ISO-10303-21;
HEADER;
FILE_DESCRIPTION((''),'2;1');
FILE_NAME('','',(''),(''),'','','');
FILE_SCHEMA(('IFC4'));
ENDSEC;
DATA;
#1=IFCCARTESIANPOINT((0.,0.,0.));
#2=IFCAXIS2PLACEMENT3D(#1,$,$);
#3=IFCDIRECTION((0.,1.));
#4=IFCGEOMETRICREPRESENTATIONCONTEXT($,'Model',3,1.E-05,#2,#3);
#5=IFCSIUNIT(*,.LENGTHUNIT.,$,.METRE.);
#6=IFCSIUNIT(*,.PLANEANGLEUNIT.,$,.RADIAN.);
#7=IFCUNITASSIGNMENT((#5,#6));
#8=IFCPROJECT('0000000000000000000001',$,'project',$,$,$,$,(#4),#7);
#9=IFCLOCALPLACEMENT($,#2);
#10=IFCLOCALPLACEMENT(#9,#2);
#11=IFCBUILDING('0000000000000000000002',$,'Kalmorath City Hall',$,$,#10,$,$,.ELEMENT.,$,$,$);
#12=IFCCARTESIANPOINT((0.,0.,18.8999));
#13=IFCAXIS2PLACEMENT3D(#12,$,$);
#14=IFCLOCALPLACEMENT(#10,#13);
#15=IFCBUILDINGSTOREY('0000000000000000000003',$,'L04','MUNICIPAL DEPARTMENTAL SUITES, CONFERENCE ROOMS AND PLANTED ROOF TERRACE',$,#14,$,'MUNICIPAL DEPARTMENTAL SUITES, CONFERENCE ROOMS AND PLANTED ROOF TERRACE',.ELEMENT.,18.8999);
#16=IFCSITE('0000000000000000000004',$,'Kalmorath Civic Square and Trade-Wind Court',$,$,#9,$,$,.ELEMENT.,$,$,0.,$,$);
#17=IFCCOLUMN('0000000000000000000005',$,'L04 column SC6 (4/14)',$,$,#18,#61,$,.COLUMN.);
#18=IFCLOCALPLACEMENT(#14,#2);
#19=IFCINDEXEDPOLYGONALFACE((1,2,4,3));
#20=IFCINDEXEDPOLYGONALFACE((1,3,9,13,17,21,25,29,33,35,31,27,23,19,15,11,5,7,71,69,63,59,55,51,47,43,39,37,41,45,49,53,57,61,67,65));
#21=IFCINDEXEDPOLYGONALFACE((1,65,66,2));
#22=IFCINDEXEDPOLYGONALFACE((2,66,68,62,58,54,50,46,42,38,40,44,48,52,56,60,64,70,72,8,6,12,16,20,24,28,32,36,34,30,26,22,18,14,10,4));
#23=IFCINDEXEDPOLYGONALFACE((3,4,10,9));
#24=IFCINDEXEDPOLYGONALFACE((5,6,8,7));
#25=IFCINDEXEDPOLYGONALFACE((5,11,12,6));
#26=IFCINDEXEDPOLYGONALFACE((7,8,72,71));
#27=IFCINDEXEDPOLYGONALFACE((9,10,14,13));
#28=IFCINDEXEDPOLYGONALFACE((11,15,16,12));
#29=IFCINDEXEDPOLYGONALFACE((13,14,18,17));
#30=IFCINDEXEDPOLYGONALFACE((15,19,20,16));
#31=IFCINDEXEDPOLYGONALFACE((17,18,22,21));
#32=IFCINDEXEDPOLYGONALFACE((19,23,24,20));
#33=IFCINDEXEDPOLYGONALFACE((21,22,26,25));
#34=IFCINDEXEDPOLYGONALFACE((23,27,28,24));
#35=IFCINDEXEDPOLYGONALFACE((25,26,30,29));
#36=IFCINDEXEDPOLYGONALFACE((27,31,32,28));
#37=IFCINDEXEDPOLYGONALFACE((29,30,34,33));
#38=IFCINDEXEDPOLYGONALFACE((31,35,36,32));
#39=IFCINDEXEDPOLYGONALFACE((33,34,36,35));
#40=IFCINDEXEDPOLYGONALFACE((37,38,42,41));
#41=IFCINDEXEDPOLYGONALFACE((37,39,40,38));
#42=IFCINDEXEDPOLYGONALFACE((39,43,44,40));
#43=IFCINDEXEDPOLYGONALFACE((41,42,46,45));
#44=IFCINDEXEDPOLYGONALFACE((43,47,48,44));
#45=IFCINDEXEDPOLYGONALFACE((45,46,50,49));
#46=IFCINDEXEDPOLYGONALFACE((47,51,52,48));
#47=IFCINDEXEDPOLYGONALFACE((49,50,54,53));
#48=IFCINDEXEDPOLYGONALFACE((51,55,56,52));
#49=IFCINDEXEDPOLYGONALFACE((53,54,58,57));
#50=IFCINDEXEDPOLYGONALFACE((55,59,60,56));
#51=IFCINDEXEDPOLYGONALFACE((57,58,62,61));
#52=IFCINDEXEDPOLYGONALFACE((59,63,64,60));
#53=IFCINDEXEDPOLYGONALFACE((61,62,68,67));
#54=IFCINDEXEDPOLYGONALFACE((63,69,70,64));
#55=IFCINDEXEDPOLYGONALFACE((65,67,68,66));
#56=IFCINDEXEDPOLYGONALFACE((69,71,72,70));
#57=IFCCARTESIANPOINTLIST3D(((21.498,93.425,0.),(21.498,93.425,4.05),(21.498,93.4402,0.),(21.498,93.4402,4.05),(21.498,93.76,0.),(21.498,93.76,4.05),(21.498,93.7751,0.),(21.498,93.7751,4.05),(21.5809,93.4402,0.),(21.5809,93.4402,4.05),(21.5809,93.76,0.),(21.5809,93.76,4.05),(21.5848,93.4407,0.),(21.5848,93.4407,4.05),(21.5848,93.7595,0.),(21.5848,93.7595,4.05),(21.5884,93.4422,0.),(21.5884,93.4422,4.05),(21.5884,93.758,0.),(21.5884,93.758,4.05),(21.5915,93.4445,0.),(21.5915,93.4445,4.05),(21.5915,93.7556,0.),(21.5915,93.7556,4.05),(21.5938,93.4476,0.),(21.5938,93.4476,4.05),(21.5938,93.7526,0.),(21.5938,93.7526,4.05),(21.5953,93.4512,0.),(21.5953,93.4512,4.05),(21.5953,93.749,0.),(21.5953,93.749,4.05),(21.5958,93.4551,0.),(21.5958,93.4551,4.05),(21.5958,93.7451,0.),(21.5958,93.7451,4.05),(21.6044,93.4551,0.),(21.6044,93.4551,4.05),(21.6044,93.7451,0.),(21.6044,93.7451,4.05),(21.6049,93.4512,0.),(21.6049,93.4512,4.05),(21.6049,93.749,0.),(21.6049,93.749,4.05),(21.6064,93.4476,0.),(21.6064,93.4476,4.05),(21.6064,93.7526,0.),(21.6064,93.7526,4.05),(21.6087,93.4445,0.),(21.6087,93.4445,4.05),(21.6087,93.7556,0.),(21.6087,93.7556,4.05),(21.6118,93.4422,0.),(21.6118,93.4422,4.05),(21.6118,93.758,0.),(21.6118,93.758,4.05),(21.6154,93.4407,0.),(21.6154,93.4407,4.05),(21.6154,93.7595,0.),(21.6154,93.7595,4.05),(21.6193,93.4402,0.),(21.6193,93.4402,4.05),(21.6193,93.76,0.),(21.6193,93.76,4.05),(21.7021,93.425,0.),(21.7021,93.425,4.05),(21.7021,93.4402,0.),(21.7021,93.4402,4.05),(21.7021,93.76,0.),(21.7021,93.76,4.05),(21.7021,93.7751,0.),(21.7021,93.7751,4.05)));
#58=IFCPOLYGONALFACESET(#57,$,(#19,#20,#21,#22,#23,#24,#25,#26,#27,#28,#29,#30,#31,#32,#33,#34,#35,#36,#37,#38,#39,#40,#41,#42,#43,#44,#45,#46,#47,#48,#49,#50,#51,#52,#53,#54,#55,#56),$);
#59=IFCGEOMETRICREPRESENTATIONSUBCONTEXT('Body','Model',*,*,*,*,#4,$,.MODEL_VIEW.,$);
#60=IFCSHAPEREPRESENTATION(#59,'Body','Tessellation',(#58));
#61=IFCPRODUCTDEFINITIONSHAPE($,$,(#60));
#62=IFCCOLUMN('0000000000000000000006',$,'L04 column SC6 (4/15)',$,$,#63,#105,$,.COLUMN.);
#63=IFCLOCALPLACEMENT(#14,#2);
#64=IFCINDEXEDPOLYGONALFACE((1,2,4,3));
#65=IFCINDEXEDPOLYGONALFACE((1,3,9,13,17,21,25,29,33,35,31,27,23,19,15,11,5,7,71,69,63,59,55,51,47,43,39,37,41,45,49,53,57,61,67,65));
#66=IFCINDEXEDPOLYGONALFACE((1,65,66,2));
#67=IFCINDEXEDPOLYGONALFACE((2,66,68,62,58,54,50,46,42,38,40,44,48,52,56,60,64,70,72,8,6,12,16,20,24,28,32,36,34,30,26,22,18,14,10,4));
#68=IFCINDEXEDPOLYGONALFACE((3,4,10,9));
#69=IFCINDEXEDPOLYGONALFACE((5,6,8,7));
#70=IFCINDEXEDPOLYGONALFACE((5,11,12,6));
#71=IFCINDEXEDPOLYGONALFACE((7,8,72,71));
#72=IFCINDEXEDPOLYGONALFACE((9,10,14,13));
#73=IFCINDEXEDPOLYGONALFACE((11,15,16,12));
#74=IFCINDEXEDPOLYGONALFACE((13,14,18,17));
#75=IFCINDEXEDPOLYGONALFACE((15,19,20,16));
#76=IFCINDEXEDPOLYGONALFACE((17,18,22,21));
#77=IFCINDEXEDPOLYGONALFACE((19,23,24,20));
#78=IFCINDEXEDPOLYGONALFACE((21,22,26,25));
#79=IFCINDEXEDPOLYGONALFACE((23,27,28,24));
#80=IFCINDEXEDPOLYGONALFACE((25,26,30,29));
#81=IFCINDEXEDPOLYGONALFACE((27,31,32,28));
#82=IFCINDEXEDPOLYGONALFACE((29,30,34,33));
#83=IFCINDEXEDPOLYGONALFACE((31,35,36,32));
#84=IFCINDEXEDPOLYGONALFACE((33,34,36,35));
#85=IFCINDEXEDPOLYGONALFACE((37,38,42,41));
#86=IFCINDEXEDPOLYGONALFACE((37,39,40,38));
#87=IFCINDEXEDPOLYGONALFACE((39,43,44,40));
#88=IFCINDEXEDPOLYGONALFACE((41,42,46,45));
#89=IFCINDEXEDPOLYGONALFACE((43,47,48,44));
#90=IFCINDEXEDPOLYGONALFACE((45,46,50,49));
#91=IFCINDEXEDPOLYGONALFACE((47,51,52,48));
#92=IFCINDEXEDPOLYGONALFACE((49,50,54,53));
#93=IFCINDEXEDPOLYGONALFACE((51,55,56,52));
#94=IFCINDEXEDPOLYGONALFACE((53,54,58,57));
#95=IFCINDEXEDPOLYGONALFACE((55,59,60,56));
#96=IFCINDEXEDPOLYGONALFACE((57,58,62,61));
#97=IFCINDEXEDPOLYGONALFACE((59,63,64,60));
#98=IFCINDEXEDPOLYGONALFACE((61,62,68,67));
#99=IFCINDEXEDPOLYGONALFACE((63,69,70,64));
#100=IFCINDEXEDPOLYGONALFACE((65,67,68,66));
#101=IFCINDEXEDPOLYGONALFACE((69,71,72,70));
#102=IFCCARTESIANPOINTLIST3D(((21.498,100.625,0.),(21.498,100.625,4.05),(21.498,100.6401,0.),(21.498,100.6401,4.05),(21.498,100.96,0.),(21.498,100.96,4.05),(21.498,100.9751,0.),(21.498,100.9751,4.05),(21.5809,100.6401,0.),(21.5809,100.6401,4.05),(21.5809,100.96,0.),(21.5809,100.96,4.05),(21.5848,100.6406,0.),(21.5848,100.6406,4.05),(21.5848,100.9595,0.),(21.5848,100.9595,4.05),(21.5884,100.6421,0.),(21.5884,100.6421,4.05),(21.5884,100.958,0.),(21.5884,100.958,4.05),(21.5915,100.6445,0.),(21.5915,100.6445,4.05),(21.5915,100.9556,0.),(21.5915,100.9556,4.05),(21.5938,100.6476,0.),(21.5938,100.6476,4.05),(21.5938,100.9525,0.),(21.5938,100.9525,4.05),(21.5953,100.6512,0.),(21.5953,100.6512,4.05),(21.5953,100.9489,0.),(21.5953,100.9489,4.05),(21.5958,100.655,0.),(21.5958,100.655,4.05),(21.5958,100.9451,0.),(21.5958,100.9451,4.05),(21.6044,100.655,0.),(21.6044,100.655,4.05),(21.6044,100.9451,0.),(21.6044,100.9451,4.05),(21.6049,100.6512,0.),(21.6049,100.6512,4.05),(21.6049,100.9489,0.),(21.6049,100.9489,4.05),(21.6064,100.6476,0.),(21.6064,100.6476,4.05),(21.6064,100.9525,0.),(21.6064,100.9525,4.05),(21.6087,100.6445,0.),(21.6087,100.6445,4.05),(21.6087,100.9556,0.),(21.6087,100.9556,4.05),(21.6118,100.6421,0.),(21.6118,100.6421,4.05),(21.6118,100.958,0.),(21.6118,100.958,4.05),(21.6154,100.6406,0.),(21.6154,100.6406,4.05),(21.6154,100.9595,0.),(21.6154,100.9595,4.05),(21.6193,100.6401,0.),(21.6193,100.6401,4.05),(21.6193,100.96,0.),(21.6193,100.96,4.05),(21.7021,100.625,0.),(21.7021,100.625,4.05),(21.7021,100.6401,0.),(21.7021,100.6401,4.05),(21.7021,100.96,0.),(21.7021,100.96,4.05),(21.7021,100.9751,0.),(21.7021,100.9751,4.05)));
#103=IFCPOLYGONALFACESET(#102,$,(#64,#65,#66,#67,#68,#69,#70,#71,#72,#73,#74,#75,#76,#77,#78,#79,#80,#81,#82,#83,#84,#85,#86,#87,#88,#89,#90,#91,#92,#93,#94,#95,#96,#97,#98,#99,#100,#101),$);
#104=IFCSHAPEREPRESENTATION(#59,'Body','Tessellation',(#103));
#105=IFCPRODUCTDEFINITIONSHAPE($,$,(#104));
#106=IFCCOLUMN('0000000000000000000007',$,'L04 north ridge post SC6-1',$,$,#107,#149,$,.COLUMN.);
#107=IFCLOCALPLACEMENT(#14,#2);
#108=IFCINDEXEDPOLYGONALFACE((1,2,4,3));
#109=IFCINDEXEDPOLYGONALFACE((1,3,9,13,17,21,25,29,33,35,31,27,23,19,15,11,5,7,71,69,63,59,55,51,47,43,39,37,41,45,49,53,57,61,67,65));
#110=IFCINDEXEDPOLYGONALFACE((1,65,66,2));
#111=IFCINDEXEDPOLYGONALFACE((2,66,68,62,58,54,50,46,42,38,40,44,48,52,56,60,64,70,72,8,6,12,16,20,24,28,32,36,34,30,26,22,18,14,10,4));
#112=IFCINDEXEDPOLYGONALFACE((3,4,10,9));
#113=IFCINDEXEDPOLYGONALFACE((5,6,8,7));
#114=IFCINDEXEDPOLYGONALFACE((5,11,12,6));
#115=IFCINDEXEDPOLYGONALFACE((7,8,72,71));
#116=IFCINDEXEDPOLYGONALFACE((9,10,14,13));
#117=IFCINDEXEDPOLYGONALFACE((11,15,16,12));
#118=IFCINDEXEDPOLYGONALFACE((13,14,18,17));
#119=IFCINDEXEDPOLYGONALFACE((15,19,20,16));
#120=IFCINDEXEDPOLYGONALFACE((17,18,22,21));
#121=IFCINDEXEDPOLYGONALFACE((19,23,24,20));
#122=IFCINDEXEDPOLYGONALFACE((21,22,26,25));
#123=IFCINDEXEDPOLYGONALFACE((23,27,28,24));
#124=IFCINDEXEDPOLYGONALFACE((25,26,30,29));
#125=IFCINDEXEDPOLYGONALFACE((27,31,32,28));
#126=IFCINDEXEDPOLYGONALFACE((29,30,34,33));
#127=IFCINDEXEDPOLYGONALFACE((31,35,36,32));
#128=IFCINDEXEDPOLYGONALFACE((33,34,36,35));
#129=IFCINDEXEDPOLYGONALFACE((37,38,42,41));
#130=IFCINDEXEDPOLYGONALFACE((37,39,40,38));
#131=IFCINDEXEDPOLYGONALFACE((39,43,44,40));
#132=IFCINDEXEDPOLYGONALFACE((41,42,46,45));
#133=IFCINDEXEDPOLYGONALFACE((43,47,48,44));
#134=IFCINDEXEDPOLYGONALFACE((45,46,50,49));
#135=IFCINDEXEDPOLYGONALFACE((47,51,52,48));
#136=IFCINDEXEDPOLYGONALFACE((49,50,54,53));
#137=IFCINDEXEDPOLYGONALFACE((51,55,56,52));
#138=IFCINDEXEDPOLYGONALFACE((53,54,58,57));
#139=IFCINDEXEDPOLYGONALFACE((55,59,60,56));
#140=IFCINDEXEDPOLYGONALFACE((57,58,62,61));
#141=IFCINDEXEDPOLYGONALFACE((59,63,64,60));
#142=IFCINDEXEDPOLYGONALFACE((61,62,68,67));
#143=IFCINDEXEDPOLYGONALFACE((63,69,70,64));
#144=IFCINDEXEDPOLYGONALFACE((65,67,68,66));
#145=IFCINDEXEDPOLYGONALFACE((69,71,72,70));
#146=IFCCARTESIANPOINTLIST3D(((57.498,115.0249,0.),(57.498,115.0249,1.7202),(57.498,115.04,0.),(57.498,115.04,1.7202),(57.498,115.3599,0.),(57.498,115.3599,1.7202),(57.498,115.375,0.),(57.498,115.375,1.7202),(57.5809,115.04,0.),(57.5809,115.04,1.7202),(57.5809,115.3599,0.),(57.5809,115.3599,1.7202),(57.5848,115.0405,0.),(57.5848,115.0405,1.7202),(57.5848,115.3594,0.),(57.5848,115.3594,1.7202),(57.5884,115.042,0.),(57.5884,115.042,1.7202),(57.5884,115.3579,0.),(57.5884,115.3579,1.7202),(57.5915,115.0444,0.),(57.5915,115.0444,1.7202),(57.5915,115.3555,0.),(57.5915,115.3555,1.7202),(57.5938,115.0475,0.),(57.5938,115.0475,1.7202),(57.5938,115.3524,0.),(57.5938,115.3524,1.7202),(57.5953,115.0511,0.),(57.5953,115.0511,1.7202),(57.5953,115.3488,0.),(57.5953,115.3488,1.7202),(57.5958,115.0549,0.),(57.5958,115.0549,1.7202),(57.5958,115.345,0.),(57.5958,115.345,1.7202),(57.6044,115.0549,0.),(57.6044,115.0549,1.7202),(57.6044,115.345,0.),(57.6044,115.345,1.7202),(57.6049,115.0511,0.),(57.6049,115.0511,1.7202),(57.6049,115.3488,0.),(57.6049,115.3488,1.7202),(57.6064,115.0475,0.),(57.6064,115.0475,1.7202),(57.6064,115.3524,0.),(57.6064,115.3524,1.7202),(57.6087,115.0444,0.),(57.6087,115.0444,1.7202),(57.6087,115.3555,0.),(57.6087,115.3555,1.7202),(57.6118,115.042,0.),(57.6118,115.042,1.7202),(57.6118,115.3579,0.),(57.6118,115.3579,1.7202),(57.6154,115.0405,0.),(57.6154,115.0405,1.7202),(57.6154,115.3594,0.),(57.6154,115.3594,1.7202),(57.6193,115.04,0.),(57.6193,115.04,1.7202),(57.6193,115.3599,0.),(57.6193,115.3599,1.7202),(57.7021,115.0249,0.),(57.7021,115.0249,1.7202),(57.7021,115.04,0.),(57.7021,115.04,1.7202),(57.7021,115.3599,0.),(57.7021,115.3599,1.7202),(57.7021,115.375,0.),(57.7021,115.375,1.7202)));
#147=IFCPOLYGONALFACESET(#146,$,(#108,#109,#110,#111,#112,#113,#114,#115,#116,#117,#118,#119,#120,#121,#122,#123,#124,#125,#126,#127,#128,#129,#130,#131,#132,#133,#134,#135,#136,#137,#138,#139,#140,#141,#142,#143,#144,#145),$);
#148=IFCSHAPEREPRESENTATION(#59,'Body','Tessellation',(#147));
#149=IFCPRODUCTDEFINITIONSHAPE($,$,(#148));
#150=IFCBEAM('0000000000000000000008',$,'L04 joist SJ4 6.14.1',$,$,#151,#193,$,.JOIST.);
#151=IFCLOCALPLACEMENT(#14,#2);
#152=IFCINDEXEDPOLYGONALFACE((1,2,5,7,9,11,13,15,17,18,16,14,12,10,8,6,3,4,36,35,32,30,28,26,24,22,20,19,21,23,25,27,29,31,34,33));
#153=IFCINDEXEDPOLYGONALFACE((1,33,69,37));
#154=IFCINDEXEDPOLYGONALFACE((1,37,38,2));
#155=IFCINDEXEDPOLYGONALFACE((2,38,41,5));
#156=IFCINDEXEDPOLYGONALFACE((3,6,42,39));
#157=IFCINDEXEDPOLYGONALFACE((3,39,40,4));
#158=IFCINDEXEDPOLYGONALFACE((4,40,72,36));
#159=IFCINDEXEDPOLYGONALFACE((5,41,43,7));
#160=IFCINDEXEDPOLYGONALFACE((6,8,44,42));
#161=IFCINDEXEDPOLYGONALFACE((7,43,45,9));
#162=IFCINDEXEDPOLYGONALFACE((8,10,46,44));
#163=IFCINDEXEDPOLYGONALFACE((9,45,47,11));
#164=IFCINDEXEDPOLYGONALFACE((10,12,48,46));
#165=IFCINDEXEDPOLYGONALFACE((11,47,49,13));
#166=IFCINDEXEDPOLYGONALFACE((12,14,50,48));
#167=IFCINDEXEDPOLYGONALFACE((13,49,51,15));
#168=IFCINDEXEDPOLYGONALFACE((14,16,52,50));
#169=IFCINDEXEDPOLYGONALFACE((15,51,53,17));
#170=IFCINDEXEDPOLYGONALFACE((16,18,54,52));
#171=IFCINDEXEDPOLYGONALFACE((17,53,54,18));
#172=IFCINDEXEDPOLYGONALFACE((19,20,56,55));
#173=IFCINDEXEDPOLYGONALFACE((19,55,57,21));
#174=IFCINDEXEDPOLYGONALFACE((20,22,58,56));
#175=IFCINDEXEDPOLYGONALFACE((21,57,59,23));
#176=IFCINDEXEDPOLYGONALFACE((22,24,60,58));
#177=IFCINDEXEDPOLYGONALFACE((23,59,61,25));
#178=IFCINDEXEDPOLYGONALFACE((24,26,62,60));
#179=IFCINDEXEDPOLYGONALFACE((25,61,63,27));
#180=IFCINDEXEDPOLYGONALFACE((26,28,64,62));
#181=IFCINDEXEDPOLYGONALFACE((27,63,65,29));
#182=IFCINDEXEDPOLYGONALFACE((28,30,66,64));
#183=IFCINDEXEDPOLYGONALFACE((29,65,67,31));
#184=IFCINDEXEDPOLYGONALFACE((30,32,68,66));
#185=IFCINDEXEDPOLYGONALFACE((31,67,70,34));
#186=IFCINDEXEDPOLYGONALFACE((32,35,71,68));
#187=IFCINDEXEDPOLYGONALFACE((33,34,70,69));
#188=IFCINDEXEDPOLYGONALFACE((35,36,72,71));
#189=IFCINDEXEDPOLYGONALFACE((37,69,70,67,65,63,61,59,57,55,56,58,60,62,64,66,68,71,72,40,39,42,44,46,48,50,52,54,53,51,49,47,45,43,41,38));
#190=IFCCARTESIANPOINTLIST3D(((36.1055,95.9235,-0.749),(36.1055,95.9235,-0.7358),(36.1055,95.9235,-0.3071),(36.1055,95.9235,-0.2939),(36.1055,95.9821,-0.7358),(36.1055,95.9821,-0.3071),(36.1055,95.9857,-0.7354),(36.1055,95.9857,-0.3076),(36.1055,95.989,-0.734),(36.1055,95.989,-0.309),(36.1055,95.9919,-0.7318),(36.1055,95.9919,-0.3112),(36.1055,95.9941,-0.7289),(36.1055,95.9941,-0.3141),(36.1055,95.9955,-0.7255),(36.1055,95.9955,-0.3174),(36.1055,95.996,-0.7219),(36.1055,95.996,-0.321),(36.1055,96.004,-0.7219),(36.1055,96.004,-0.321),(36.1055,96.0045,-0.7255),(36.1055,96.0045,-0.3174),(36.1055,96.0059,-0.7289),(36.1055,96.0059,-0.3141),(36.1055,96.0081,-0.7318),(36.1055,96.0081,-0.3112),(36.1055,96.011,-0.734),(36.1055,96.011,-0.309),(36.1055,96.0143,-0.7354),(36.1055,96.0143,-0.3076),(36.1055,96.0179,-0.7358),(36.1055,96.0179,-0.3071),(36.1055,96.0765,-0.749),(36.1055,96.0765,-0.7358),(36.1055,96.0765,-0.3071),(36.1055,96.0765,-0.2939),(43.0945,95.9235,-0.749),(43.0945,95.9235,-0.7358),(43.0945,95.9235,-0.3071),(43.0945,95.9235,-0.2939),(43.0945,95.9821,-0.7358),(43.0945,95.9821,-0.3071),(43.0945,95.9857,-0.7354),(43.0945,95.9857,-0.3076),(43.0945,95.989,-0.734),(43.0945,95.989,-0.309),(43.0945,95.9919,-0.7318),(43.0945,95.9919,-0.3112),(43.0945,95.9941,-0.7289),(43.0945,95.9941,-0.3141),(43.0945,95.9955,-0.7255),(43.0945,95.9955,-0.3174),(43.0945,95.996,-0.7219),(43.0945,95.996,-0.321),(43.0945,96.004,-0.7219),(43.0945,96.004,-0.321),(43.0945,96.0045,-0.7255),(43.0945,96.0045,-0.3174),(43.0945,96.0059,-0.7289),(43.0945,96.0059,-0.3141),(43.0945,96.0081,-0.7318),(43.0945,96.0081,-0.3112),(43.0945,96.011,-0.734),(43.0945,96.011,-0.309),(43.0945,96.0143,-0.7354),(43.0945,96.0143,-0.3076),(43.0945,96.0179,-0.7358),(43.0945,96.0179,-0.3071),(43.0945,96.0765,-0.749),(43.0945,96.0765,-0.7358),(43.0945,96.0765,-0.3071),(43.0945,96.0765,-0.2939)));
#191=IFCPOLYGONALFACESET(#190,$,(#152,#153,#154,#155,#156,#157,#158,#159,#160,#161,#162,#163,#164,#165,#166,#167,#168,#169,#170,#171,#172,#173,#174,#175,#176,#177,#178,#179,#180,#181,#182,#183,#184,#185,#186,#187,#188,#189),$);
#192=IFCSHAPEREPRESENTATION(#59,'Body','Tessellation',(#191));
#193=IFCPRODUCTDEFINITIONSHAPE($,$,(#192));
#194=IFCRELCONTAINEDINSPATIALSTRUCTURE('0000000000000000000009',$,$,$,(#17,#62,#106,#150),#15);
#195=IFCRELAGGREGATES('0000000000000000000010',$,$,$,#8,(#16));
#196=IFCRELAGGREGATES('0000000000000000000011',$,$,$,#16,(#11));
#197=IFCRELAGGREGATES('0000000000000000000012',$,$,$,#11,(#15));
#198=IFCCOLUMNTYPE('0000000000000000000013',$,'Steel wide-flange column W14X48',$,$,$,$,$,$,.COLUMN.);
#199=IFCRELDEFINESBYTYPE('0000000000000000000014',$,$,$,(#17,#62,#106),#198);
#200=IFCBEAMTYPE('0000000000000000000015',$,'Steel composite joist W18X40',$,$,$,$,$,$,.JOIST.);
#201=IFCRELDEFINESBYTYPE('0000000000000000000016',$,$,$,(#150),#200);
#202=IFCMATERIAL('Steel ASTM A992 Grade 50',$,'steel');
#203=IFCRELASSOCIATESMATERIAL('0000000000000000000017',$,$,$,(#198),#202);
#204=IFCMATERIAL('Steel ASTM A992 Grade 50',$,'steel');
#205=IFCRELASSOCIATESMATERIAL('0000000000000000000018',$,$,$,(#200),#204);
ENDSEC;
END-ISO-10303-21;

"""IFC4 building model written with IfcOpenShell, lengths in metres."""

from ifc_helpers import new_model, si_unit, direction, frame, origin, origin_2d, place, context, subcontext, project, spatial, i_section, extrude, material, material_profile, profile_set, type_object, element, save


model = new_model("IFC4")

# Units and contexts
model_context = context("Model", 3, precision=1e-05, world=origin(), true_north=direction((0.0, 1.0)))
body_context = subcontext(model_context, "Body", "Model", "MODEL_VIEW")
ifc_project = project(units=[si_unit("LENGTHUNIT", "METRE"), si_unit("PLANEANGLEUNIT", "RADIAN")], contexts=[model_context])

# Site, building, storey
site_placement = place(None, origin())
site = spatial("IfcSite", under=ifc_project, at=site_placement, Name="Kalmorath Civic Square and Trade-Wind Court", CompositionType="ELEMENT", RefElevation=0.0)
building_placement = place(site_placement, origin())
building = spatial("IfcBuilding", under=site, at=building_placement, Name="Kalmorath City Hall", CompositionType="ELEMENT")
storey_placement = place(building_placement, frame((0.0, 0.0, 18.8999)))
storey = spatial("IfcBuildingStorey", under=building, at=storey_placement, Name="L04", Description="MUNICIPAL DEPARTMENTAL SUITES, CONFERENCE ROOMS AND PLANTED ROOF TERRACE", LongName="MUNICIPAL DEPARTMENTAL SUITES, CONFERENCE ROOMS AND PLANTED ROOF TERRACE", CompositionType="ELEMENT", Elevation=18.8999)

# Columns
ifc_material_1 = material(Name="Steel ASTM A992 Grade 50", Category="steel")
ifc_material_profile_1 = material_profile(ifc_material_1, i_section(OverallWidth=0.2041, OverallDepth=0.3501, WebThickness=0.0085, FlangeThickness=0.0151, FilletRadius=0.0149, at=origin_2d()), Name="W14X48")
ifc_profile_set_1 = profile_set([ifc_material_profile_1], Name="Steel ASTM A992 Grade 50")
column_type = type_object("IfcColumnType", Name="Steel wide-flange column W14X48", PredefinedType="COLUMN", material=ifc_profile_set_1)
for number, where, z_axis, x_axis, name in (
    (1, (21.6001, 93.6001, 0.0), (0.0, 0.0, 1.0), (1.0, 0.0, 0.0), "L04 column SC6 (4/14)"),
    (2, (21.6001, 100.8, 0.0), (0.0, 0.0, 1.0), (1.0, 0.0, 0.0), "L04 column SC6 (4/15)"),
):
    element("IfcColumn", number, at=place(storey_placement, frame(where, z_axis=z_axis, x_axis=x_axis)), inside=storey, type_object=column_type, Name=name, PredefinedType="COLUMN", context=body_context, shape_type="SweptSolid", body=[
        extrude(i_section(OverallWidth=0.2041, OverallDepth=0.3501, WebThickness=0.0085, FlangeThickness=0.0151, FilletRadius=0.0149, at=origin_2d()), origin(), (0.0, 0.0, 1.0), 4.05),
    ])
column_placement = place(storey_placement, frame((57.6001, 115.2, 0.0), z_axis=(0.0, 0.0, 1.0), x_axis=(1.0, 0.0, 0.0)))
element("IfcColumn", 3, at=column_placement, inside=storey, type_object=column_type, Name="L04 north ridge post SC6-1", PredefinedType="COLUMN", context=body_context, shape_type="SweptSolid", body=[
    extrude(i_section(OverallWidth=0.2041, OverallDepth=0.3501, WebThickness=0.0085, FlangeThickness=0.0151, FilletRadius=0.0149, at=origin_2d()), origin(), (0.0, 0.0, 1.0), 1.7202),
])

# Beam
ifc_material_2 = material(Name="Steel ASTM A992 Grade 50", Category="steel")
ifc_material_profile_2 = material_profile(ifc_material_2, i_section(OverallWidth=0.1531, OverallDepth=0.4551, WebThickness=0.0081, FlangeThickness=0.0132, FilletRadius=0.0139, at=origin_2d()), Name="W18X40")
ifc_profile_set_2 = profile_set([ifc_material_profile_2], Name="Steel ASTM A992 Grade 50")
beam_type_1 = type_object("IfcBeamType", Name="Steel composite joist W18X40", PredefinedType="JOIST", material=ifc_profile_set_2)
for number, where, z_axis, x_axis, name in (
    (4, (36.1055, 96.0, -0.5215), (1.0, 0.0, 0.0), (0.0, 1.0, 0.0), "L04 joist SJ4 6.14.1"),
):
    element("IfcBeam", number, at=place(storey_placement, frame(where, z_axis=z_axis, x_axis=x_axis)), inside=storey, type_object=beam_type_1, Name=name, PredefinedType="JOIST", context=body_context, shape_type="SweptSolid", body=[
        extrude(i_section(OverallWidth=0.1531, OverallDepth=0.4551, WebThickness=0.0081, FlangeThickness=0.0132, FilletRadius=0.0139, at=origin_2d()), origin(), (0.0, 0.0, 1.0), 6.989),
    ])

save(model, "model.ifc")
